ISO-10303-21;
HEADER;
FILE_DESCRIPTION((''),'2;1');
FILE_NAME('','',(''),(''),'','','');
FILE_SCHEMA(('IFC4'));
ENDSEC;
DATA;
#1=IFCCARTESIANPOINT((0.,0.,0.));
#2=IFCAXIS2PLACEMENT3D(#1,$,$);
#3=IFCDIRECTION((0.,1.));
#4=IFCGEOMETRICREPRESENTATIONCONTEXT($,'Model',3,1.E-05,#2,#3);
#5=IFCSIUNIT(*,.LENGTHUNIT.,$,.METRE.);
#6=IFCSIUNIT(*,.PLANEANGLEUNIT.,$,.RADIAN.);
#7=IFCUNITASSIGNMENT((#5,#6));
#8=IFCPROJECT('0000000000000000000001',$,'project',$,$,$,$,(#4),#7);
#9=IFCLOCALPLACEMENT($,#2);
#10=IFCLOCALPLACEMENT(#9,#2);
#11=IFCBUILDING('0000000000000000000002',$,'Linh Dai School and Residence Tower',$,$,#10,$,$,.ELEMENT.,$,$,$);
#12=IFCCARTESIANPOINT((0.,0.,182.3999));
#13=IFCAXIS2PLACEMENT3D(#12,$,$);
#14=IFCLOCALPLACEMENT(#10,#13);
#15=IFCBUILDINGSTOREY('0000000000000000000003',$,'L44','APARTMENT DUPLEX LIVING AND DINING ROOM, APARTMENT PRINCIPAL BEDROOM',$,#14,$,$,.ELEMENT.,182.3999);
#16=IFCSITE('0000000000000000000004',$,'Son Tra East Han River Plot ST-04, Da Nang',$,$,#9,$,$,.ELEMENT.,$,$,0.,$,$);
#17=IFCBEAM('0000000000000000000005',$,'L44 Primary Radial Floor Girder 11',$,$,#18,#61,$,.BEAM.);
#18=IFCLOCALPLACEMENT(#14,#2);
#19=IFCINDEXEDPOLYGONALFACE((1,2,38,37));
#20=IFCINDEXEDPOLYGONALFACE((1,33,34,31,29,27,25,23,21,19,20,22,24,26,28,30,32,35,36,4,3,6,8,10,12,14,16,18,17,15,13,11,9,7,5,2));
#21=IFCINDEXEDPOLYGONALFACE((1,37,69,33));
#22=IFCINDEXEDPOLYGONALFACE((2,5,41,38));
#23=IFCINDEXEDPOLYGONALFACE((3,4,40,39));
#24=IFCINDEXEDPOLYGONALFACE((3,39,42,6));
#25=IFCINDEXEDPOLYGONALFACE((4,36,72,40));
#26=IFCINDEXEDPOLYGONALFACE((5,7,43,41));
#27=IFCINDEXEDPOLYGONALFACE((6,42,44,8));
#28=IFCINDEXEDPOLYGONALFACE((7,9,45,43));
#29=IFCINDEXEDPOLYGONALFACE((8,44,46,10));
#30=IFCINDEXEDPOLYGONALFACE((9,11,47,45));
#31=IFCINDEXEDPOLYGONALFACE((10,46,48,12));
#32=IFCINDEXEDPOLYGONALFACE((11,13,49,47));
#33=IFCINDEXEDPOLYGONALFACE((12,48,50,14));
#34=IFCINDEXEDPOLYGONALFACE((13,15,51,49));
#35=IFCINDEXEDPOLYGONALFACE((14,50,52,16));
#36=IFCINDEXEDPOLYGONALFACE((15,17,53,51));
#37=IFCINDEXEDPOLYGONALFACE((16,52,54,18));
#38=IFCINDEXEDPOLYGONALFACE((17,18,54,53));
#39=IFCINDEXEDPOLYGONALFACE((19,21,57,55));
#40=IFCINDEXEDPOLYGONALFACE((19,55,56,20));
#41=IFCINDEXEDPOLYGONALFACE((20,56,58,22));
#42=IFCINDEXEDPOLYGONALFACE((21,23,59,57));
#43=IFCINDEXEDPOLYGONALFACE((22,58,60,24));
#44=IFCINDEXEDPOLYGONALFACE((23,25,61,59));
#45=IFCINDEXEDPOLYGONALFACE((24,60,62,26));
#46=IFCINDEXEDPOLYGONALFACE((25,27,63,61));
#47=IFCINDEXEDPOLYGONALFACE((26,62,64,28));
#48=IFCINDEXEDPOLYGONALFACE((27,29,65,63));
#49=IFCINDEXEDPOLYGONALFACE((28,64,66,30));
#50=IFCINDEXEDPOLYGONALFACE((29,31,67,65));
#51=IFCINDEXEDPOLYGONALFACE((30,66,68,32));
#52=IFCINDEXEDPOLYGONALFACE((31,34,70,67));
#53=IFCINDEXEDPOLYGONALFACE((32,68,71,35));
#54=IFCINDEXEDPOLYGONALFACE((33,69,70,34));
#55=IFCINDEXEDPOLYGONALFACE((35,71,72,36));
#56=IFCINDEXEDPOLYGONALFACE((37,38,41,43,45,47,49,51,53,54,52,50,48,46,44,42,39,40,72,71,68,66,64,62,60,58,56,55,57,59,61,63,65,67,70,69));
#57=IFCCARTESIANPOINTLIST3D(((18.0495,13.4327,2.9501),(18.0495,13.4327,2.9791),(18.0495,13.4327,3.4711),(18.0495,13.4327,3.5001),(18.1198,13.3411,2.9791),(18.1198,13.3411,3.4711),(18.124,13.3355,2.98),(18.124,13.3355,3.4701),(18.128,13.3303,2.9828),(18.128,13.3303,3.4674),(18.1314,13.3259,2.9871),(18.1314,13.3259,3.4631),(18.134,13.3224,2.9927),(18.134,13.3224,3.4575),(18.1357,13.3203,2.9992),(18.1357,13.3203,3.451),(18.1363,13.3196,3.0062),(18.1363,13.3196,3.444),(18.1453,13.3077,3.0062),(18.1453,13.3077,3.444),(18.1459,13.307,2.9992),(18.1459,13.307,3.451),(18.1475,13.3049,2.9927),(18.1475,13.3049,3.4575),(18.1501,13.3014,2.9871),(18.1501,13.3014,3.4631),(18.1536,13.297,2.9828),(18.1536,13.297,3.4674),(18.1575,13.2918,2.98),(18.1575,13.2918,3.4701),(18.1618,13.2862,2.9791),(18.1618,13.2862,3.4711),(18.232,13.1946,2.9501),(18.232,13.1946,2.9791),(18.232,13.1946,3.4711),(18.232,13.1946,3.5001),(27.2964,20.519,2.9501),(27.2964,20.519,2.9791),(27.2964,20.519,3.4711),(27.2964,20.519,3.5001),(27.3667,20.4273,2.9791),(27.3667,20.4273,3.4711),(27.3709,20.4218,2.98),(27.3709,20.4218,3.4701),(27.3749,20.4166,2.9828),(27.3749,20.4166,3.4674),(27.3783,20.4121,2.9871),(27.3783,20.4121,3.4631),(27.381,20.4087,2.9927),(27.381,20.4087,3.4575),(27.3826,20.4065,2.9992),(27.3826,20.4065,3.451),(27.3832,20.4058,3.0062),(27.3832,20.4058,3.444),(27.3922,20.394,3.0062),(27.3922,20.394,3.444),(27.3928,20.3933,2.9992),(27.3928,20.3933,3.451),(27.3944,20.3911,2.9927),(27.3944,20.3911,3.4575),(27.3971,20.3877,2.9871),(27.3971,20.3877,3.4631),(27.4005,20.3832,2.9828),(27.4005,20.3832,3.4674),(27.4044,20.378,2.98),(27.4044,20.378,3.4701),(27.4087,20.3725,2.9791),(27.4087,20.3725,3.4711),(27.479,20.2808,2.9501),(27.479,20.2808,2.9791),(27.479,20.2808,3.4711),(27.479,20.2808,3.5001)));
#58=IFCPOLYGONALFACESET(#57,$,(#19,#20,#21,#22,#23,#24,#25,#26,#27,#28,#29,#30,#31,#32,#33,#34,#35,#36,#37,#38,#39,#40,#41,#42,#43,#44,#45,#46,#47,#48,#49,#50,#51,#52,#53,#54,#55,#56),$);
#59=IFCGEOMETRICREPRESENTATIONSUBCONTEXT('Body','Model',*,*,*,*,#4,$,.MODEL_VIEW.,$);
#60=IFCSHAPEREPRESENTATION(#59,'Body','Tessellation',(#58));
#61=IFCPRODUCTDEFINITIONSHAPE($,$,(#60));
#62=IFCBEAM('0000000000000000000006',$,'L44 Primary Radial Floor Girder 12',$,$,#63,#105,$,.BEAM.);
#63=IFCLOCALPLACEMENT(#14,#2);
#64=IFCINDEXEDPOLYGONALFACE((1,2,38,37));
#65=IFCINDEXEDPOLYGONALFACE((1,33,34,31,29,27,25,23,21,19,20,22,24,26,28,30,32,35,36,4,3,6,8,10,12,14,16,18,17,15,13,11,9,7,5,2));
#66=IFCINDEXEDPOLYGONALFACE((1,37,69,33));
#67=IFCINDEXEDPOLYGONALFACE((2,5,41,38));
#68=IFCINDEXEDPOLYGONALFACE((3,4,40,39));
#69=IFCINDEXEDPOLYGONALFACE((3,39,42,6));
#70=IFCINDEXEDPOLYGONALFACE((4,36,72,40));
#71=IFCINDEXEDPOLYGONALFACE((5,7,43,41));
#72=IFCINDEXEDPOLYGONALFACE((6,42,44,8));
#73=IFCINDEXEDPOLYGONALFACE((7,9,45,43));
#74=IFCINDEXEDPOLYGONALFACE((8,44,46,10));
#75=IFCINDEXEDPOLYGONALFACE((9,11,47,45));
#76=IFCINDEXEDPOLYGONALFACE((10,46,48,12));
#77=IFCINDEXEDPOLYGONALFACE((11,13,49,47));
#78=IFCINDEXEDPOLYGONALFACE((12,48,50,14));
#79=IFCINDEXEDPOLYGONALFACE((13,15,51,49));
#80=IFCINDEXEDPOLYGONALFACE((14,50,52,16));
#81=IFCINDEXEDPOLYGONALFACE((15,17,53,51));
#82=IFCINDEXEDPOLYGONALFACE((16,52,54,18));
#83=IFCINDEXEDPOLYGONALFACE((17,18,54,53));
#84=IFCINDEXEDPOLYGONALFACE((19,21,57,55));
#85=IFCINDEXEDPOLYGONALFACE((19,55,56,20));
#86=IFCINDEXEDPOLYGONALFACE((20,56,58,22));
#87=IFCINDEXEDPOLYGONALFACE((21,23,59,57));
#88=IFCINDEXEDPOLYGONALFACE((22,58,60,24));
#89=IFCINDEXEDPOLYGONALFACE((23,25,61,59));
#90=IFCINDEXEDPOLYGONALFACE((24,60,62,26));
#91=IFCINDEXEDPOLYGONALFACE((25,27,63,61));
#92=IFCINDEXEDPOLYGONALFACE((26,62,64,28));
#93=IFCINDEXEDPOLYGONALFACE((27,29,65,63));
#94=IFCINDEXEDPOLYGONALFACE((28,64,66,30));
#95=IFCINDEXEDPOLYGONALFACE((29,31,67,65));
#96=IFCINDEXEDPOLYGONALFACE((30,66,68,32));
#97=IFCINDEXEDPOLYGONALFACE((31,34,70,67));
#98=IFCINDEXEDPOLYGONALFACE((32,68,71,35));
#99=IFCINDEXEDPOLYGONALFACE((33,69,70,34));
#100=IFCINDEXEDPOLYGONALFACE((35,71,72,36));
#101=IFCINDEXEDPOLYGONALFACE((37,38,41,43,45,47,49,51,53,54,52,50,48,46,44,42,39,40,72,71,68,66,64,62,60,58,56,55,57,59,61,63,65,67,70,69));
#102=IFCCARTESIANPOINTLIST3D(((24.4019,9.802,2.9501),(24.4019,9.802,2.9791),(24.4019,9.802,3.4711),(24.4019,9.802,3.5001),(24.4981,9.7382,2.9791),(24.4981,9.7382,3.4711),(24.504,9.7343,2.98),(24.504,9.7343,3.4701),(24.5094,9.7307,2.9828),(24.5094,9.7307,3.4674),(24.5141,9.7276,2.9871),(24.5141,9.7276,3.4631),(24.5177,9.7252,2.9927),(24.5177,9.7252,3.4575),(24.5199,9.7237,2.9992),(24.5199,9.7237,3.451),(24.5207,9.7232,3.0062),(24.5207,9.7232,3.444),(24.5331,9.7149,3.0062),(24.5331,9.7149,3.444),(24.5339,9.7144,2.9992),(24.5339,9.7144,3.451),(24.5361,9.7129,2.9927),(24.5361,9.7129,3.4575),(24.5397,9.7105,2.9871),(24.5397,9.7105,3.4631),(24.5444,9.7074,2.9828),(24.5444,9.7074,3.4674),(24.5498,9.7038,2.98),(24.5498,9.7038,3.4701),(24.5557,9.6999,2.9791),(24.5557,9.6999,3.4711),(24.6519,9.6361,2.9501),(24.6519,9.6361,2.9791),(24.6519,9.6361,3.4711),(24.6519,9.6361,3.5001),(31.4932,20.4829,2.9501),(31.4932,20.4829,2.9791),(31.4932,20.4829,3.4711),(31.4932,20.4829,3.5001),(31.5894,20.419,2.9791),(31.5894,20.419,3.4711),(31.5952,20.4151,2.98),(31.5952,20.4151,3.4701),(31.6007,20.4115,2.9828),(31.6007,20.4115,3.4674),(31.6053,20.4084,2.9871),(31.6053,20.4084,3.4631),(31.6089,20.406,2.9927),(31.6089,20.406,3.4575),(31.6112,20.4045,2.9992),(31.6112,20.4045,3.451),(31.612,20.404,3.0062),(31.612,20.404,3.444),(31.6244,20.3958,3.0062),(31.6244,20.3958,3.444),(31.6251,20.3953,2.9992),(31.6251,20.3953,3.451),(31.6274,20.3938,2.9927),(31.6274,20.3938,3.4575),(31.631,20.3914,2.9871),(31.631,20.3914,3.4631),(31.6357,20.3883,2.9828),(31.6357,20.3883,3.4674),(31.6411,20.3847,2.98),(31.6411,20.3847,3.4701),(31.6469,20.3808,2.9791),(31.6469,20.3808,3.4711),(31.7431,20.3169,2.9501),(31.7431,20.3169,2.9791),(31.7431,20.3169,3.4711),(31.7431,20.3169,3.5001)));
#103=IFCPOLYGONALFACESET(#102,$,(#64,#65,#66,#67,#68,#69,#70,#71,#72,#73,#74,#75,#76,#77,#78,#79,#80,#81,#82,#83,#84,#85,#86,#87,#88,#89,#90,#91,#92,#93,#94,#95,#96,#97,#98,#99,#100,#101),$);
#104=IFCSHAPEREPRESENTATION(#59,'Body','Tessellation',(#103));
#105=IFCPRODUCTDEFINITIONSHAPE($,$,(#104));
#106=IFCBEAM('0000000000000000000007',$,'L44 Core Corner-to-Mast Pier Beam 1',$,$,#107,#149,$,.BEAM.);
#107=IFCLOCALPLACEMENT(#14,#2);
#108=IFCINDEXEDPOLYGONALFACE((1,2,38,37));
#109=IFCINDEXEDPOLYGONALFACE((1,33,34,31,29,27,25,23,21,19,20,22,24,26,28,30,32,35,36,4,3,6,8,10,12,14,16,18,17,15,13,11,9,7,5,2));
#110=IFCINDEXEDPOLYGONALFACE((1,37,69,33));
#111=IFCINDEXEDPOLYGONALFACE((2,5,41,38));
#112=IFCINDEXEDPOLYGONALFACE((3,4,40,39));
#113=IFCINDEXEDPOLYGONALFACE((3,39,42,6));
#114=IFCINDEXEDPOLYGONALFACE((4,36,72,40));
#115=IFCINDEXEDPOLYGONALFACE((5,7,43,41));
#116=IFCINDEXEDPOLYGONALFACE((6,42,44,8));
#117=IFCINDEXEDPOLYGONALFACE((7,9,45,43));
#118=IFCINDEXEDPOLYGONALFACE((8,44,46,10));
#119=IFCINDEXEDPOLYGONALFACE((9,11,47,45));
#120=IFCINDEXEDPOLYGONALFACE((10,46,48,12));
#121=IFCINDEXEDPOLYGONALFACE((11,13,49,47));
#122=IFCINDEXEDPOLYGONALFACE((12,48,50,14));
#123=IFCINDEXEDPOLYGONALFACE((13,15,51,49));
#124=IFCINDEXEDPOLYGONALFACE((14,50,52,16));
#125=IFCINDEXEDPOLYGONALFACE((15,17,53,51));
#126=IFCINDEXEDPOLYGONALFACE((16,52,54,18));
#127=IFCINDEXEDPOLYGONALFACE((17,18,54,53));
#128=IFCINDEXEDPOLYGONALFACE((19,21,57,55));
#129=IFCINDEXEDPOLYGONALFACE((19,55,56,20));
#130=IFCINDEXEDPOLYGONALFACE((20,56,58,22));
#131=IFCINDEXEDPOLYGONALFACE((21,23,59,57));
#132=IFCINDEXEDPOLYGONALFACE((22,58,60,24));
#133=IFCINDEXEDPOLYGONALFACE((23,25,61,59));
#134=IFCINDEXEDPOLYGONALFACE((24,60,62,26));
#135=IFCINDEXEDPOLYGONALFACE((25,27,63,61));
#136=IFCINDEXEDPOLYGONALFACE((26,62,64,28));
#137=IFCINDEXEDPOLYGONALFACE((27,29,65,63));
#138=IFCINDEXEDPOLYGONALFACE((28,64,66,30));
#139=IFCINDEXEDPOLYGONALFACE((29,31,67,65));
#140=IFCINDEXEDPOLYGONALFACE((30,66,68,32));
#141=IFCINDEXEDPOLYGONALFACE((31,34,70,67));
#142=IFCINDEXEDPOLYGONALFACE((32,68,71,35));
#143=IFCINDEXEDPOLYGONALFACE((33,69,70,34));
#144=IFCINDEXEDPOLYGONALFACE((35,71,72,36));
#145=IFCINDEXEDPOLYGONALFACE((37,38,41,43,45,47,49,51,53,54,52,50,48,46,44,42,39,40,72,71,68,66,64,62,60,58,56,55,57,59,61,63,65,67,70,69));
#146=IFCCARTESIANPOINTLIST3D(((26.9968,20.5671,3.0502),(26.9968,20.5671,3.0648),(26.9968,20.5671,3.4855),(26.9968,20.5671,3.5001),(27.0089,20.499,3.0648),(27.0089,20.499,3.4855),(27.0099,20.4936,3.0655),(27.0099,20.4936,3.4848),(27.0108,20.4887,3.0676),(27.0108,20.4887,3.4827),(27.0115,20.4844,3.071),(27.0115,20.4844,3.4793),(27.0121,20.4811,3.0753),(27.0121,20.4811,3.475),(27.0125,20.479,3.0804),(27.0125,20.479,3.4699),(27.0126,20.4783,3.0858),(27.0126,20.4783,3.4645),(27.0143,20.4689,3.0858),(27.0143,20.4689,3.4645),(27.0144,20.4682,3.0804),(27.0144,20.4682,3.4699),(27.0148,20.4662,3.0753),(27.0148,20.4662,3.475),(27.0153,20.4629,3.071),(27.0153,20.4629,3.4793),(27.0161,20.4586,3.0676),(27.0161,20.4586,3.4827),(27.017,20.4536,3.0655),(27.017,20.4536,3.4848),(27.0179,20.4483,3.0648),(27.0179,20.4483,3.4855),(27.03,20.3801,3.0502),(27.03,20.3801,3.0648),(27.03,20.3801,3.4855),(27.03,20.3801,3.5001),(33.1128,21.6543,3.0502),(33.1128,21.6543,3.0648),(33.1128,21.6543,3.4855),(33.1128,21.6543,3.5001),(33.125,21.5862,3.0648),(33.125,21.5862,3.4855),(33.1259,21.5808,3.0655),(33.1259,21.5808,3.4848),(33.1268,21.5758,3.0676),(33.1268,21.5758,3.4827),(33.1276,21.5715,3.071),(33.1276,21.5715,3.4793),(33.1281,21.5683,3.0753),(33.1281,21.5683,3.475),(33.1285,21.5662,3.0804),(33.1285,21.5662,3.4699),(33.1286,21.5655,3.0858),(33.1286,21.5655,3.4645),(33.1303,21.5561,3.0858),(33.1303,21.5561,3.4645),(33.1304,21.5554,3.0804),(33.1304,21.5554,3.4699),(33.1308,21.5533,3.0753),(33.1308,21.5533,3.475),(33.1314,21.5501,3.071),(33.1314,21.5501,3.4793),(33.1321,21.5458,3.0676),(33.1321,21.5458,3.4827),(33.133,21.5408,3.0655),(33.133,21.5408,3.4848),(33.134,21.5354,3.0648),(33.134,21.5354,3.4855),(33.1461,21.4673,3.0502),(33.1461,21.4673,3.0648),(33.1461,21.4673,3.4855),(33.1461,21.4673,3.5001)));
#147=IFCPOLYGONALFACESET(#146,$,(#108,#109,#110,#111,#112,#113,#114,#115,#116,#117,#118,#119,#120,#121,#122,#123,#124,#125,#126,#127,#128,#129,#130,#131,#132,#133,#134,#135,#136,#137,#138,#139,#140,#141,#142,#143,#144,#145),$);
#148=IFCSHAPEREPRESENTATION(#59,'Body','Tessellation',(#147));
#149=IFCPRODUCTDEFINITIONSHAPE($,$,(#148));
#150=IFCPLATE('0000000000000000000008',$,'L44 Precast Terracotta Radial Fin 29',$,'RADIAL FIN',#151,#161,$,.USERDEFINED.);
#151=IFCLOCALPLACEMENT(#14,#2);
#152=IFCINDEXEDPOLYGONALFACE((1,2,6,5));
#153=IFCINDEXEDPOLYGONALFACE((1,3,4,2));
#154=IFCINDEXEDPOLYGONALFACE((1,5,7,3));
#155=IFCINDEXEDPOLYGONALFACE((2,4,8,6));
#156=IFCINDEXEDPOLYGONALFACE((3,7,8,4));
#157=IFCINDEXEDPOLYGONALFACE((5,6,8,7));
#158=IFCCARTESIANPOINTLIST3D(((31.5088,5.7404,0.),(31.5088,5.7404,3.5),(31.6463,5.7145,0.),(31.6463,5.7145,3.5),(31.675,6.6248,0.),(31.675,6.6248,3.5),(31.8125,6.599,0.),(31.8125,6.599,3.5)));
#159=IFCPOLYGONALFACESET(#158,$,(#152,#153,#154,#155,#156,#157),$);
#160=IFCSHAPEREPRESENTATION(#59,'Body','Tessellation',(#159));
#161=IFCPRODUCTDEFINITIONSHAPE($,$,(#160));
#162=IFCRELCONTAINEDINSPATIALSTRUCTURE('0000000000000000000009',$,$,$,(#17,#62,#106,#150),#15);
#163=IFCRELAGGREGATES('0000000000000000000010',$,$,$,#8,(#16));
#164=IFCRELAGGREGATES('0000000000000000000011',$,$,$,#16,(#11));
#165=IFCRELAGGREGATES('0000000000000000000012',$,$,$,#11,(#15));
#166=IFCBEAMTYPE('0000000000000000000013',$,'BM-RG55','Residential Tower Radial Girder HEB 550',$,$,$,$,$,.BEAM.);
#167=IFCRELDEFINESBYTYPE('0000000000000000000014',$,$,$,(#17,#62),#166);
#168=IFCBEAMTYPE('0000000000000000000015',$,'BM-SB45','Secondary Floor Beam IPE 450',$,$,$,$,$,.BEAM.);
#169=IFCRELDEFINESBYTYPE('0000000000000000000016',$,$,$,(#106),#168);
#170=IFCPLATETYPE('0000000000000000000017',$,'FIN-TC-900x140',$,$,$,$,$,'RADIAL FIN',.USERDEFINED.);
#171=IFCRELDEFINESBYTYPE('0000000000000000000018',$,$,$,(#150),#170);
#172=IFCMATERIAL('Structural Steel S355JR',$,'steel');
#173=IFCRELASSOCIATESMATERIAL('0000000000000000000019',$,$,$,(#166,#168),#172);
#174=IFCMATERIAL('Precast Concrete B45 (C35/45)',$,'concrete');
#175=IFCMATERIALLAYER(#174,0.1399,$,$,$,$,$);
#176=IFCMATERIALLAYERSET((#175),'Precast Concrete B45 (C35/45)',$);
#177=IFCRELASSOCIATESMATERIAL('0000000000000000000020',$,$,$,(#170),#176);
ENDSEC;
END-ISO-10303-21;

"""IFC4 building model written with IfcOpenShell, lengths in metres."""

from ifc_helpers import new_model, si_unit, direction, frame, origin, origin_2d, place, context, subcontext, project, spatial, rectangle, i_section, extrude, source, transform, mapped, material, layer, layer_set, material_profile, profile_set, type_object, element, save


model = new_model("IFC4")

# Units and contexts
model_context = context("Model", 3, precision=1e-05, world=origin(), true_north=direction((0.0, 1.0)))
body_context = subcontext(model_context, "Body", "Model", "MODEL_VIEW")
ifc_project = project(units=[si_unit("LENGTHUNIT", "METRE"), si_unit("PLANEANGLEUNIT", "RADIAN")], contexts=[model_context])

# Site, building, storey
site_placement = place(None, origin())
site = spatial("IfcSite", under=ifc_project, at=site_placement, Name="Son Tra East Han River Plot ST-04, Da Nang", CompositionType="ELEMENT", RefElevation=0.0)
building_placement = place(site_placement, origin())
building = spatial("IfcBuilding", under=site, at=building_placement, Name="Linh Dai School and Residence Tower", CompositionType="ELEMENT")
storey_placement = place(building_placement, frame((0.0, 0.0, 182.3999)))
storey = spatial("IfcBuildingStorey", under=building, at=storey_placement, Name="L44", Description="APARTMENT DUPLEX LIVING AND DINING ROOM, APARTMENT PRINCIPAL BEDROOM", CompositionType="ELEMENT", Elevation=182.3999)

# Shared definitions
ifc_material_1 = material(Name="Structural Steel S355JR", Category="steel")

# Beams
ifc_material_profile_1 = material_profile(ifc_material_1, i_section(OverallWidth=0.3, OverallDepth=0.55, WebThickness=0.0149, FlangeThickness=0.0291, FilletRadius=0.0271, at=origin_2d()), Name="HEB 550")
ifc_profile_set_1 = profile_set([ifc_material_profile_1], Name="Structural Steel S355JR")
beam_type_1 = type_object("IfcBeamType", Name="BM-RG55", Description="Residential Tower Radial Girder HEB 550", PredefinedType="BEAM", material=ifc_profile_set_1)
beam_1_placement = place(storey_placement, frame((27.3877, 20.3999, 3.2251), z_axis=(-0.793733, -0.608267, 0.0), x_axis=(0.608267, -0.793733, 0.0)))
element("IfcBeam", 1, at=beam_1_placement, inside=storey, type_object=beam_type_1, Name="L44 Primary Radial Floor Girder 11", PredefinedType="BEAM", context=body_context, shape_type="SweptSolid", body=[
    extrude(i_section(OverallWidth=0.3, OverallDepth=0.55, WebThickness=0.0149, FlangeThickness=0.0291, FilletRadius=0.0271, at=origin_2d()), origin(), (0.0, 0.0, 1.0), 11.6499),
])
beam_2_placement = place(storey_placement, frame((31.6182, 20.3999, 3.2251), z_axis=(-0.553117, -0.833103, 0.0), x_axis=(0.833103, -0.553117, 0.0)))
element("IfcBeam", 2, at=beam_2_placement, inside=storey, type_object=beam_type_1, Name="L44 Primary Radial Floor Girder 12", PredefinedType="BEAM", context=body_context, shape_type="SweptSolid", body=[
    extrude(i_section(OverallWidth=0.3, OverallDepth=0.55, WebThickness=0.0149, FlangeThickness=0.0291, FilletRadius=0.0271, at=origin_2d()), origin(), (0.0, 0.0, 1.0), 12.8206),
])
ifc_material_profile_2 = material_profile(ifc_material_1, i_section(OverallWidth=0.1899, OverallDepth=0.45, WebThickness=0.0095, FlangeThickness=0.0146, FilletRadius=0.021, at=origin_2d()), Name="IPE 450")
ifc_profile_set_2 = profile_set([ifc_material_profile_2], Name="Structural Steel S355JR")
beam_type_2 = type_object("IfcBeamType", Name="BM-SB45", Description="Secondary Floor Beam IPE 450", PredefinedType="BEAM", material=ifc_profile_set_2)
beam_3_placement = place(storey_placement, frame((27.0134, 20.4736, 3.2751), z_axis=(0.984566, 0.175014, 0.0), x_axis=(-0.175014, 0.984566, 0.0)))
element("IfcBeam", 3, at=beam_3_placement, inside=storey, type_object=beam_type_2, Name="L44 Core Corner-to-Mast Pier Beam 1", PredefinedType="BEAM", context=body_context, shape_type="SweptSolid", body=[
    extrude(i_section(OverallWidth=0.1899, OverallDepth=0.45, WebThickness=0.0095, FlangeThickness=0.0146, FilletRadius=0.021, at=origin_2d()), origin(), (0.0, 0.0, 1.0), 6.2119),
])

# Plate
ifc_material_2 = material(Name="Precast Concrete B45 (C35/45)", Category="concrete")
ifc_layer_1 = layer(ifc_material_2, 0.1399)
ifc_layer_set_1 = layer_set([ifc_layer_1], Name="Precast Concrete B45 (C35/45)")
plate_type = type_object("IfcPlateType", Name="FIN-TC-900x140", ElementType="RADIAL FIN", PredefinedType="USERDEFINED", material=ifc_layer_set_1)
shared_shape_1 = source(origin(), body_context, "Body", "SweptSolid", [
    extrude(rectangle(XDim=0.8999, YDim=0.1399, at=origin_2d()), origin(), (0.0, 0.0, 1.0), 3.5),
])
plate_placement = place(storey_placement, frame((31.6606, 6.1697, 0.0), z_axis=(0.0, 0.0, 1.0), x_axis=(-0.184763, -0.982783, 0.0)))
element("IfcPlate", 4, at=plate_placement, inside=storey, type_object=plate_type, Name="L44 Precast Terracotta Radial Fin 29", ObjectType="RADIAL FIN", PredefinedType="USERDEFINED", context=body_context, shape_type="MappedRepresentation", body=[
    mapped(shared_shape_1, transform((0.0, 0.0, 0.0), x_axis=(1.0, 0.0, 0.0), y_axis=(0.0, 1.0, 0.0), z_axis=(0.0, 0.0, 1.0), scale=1.0)),
])

save(model, "model.ifc")
